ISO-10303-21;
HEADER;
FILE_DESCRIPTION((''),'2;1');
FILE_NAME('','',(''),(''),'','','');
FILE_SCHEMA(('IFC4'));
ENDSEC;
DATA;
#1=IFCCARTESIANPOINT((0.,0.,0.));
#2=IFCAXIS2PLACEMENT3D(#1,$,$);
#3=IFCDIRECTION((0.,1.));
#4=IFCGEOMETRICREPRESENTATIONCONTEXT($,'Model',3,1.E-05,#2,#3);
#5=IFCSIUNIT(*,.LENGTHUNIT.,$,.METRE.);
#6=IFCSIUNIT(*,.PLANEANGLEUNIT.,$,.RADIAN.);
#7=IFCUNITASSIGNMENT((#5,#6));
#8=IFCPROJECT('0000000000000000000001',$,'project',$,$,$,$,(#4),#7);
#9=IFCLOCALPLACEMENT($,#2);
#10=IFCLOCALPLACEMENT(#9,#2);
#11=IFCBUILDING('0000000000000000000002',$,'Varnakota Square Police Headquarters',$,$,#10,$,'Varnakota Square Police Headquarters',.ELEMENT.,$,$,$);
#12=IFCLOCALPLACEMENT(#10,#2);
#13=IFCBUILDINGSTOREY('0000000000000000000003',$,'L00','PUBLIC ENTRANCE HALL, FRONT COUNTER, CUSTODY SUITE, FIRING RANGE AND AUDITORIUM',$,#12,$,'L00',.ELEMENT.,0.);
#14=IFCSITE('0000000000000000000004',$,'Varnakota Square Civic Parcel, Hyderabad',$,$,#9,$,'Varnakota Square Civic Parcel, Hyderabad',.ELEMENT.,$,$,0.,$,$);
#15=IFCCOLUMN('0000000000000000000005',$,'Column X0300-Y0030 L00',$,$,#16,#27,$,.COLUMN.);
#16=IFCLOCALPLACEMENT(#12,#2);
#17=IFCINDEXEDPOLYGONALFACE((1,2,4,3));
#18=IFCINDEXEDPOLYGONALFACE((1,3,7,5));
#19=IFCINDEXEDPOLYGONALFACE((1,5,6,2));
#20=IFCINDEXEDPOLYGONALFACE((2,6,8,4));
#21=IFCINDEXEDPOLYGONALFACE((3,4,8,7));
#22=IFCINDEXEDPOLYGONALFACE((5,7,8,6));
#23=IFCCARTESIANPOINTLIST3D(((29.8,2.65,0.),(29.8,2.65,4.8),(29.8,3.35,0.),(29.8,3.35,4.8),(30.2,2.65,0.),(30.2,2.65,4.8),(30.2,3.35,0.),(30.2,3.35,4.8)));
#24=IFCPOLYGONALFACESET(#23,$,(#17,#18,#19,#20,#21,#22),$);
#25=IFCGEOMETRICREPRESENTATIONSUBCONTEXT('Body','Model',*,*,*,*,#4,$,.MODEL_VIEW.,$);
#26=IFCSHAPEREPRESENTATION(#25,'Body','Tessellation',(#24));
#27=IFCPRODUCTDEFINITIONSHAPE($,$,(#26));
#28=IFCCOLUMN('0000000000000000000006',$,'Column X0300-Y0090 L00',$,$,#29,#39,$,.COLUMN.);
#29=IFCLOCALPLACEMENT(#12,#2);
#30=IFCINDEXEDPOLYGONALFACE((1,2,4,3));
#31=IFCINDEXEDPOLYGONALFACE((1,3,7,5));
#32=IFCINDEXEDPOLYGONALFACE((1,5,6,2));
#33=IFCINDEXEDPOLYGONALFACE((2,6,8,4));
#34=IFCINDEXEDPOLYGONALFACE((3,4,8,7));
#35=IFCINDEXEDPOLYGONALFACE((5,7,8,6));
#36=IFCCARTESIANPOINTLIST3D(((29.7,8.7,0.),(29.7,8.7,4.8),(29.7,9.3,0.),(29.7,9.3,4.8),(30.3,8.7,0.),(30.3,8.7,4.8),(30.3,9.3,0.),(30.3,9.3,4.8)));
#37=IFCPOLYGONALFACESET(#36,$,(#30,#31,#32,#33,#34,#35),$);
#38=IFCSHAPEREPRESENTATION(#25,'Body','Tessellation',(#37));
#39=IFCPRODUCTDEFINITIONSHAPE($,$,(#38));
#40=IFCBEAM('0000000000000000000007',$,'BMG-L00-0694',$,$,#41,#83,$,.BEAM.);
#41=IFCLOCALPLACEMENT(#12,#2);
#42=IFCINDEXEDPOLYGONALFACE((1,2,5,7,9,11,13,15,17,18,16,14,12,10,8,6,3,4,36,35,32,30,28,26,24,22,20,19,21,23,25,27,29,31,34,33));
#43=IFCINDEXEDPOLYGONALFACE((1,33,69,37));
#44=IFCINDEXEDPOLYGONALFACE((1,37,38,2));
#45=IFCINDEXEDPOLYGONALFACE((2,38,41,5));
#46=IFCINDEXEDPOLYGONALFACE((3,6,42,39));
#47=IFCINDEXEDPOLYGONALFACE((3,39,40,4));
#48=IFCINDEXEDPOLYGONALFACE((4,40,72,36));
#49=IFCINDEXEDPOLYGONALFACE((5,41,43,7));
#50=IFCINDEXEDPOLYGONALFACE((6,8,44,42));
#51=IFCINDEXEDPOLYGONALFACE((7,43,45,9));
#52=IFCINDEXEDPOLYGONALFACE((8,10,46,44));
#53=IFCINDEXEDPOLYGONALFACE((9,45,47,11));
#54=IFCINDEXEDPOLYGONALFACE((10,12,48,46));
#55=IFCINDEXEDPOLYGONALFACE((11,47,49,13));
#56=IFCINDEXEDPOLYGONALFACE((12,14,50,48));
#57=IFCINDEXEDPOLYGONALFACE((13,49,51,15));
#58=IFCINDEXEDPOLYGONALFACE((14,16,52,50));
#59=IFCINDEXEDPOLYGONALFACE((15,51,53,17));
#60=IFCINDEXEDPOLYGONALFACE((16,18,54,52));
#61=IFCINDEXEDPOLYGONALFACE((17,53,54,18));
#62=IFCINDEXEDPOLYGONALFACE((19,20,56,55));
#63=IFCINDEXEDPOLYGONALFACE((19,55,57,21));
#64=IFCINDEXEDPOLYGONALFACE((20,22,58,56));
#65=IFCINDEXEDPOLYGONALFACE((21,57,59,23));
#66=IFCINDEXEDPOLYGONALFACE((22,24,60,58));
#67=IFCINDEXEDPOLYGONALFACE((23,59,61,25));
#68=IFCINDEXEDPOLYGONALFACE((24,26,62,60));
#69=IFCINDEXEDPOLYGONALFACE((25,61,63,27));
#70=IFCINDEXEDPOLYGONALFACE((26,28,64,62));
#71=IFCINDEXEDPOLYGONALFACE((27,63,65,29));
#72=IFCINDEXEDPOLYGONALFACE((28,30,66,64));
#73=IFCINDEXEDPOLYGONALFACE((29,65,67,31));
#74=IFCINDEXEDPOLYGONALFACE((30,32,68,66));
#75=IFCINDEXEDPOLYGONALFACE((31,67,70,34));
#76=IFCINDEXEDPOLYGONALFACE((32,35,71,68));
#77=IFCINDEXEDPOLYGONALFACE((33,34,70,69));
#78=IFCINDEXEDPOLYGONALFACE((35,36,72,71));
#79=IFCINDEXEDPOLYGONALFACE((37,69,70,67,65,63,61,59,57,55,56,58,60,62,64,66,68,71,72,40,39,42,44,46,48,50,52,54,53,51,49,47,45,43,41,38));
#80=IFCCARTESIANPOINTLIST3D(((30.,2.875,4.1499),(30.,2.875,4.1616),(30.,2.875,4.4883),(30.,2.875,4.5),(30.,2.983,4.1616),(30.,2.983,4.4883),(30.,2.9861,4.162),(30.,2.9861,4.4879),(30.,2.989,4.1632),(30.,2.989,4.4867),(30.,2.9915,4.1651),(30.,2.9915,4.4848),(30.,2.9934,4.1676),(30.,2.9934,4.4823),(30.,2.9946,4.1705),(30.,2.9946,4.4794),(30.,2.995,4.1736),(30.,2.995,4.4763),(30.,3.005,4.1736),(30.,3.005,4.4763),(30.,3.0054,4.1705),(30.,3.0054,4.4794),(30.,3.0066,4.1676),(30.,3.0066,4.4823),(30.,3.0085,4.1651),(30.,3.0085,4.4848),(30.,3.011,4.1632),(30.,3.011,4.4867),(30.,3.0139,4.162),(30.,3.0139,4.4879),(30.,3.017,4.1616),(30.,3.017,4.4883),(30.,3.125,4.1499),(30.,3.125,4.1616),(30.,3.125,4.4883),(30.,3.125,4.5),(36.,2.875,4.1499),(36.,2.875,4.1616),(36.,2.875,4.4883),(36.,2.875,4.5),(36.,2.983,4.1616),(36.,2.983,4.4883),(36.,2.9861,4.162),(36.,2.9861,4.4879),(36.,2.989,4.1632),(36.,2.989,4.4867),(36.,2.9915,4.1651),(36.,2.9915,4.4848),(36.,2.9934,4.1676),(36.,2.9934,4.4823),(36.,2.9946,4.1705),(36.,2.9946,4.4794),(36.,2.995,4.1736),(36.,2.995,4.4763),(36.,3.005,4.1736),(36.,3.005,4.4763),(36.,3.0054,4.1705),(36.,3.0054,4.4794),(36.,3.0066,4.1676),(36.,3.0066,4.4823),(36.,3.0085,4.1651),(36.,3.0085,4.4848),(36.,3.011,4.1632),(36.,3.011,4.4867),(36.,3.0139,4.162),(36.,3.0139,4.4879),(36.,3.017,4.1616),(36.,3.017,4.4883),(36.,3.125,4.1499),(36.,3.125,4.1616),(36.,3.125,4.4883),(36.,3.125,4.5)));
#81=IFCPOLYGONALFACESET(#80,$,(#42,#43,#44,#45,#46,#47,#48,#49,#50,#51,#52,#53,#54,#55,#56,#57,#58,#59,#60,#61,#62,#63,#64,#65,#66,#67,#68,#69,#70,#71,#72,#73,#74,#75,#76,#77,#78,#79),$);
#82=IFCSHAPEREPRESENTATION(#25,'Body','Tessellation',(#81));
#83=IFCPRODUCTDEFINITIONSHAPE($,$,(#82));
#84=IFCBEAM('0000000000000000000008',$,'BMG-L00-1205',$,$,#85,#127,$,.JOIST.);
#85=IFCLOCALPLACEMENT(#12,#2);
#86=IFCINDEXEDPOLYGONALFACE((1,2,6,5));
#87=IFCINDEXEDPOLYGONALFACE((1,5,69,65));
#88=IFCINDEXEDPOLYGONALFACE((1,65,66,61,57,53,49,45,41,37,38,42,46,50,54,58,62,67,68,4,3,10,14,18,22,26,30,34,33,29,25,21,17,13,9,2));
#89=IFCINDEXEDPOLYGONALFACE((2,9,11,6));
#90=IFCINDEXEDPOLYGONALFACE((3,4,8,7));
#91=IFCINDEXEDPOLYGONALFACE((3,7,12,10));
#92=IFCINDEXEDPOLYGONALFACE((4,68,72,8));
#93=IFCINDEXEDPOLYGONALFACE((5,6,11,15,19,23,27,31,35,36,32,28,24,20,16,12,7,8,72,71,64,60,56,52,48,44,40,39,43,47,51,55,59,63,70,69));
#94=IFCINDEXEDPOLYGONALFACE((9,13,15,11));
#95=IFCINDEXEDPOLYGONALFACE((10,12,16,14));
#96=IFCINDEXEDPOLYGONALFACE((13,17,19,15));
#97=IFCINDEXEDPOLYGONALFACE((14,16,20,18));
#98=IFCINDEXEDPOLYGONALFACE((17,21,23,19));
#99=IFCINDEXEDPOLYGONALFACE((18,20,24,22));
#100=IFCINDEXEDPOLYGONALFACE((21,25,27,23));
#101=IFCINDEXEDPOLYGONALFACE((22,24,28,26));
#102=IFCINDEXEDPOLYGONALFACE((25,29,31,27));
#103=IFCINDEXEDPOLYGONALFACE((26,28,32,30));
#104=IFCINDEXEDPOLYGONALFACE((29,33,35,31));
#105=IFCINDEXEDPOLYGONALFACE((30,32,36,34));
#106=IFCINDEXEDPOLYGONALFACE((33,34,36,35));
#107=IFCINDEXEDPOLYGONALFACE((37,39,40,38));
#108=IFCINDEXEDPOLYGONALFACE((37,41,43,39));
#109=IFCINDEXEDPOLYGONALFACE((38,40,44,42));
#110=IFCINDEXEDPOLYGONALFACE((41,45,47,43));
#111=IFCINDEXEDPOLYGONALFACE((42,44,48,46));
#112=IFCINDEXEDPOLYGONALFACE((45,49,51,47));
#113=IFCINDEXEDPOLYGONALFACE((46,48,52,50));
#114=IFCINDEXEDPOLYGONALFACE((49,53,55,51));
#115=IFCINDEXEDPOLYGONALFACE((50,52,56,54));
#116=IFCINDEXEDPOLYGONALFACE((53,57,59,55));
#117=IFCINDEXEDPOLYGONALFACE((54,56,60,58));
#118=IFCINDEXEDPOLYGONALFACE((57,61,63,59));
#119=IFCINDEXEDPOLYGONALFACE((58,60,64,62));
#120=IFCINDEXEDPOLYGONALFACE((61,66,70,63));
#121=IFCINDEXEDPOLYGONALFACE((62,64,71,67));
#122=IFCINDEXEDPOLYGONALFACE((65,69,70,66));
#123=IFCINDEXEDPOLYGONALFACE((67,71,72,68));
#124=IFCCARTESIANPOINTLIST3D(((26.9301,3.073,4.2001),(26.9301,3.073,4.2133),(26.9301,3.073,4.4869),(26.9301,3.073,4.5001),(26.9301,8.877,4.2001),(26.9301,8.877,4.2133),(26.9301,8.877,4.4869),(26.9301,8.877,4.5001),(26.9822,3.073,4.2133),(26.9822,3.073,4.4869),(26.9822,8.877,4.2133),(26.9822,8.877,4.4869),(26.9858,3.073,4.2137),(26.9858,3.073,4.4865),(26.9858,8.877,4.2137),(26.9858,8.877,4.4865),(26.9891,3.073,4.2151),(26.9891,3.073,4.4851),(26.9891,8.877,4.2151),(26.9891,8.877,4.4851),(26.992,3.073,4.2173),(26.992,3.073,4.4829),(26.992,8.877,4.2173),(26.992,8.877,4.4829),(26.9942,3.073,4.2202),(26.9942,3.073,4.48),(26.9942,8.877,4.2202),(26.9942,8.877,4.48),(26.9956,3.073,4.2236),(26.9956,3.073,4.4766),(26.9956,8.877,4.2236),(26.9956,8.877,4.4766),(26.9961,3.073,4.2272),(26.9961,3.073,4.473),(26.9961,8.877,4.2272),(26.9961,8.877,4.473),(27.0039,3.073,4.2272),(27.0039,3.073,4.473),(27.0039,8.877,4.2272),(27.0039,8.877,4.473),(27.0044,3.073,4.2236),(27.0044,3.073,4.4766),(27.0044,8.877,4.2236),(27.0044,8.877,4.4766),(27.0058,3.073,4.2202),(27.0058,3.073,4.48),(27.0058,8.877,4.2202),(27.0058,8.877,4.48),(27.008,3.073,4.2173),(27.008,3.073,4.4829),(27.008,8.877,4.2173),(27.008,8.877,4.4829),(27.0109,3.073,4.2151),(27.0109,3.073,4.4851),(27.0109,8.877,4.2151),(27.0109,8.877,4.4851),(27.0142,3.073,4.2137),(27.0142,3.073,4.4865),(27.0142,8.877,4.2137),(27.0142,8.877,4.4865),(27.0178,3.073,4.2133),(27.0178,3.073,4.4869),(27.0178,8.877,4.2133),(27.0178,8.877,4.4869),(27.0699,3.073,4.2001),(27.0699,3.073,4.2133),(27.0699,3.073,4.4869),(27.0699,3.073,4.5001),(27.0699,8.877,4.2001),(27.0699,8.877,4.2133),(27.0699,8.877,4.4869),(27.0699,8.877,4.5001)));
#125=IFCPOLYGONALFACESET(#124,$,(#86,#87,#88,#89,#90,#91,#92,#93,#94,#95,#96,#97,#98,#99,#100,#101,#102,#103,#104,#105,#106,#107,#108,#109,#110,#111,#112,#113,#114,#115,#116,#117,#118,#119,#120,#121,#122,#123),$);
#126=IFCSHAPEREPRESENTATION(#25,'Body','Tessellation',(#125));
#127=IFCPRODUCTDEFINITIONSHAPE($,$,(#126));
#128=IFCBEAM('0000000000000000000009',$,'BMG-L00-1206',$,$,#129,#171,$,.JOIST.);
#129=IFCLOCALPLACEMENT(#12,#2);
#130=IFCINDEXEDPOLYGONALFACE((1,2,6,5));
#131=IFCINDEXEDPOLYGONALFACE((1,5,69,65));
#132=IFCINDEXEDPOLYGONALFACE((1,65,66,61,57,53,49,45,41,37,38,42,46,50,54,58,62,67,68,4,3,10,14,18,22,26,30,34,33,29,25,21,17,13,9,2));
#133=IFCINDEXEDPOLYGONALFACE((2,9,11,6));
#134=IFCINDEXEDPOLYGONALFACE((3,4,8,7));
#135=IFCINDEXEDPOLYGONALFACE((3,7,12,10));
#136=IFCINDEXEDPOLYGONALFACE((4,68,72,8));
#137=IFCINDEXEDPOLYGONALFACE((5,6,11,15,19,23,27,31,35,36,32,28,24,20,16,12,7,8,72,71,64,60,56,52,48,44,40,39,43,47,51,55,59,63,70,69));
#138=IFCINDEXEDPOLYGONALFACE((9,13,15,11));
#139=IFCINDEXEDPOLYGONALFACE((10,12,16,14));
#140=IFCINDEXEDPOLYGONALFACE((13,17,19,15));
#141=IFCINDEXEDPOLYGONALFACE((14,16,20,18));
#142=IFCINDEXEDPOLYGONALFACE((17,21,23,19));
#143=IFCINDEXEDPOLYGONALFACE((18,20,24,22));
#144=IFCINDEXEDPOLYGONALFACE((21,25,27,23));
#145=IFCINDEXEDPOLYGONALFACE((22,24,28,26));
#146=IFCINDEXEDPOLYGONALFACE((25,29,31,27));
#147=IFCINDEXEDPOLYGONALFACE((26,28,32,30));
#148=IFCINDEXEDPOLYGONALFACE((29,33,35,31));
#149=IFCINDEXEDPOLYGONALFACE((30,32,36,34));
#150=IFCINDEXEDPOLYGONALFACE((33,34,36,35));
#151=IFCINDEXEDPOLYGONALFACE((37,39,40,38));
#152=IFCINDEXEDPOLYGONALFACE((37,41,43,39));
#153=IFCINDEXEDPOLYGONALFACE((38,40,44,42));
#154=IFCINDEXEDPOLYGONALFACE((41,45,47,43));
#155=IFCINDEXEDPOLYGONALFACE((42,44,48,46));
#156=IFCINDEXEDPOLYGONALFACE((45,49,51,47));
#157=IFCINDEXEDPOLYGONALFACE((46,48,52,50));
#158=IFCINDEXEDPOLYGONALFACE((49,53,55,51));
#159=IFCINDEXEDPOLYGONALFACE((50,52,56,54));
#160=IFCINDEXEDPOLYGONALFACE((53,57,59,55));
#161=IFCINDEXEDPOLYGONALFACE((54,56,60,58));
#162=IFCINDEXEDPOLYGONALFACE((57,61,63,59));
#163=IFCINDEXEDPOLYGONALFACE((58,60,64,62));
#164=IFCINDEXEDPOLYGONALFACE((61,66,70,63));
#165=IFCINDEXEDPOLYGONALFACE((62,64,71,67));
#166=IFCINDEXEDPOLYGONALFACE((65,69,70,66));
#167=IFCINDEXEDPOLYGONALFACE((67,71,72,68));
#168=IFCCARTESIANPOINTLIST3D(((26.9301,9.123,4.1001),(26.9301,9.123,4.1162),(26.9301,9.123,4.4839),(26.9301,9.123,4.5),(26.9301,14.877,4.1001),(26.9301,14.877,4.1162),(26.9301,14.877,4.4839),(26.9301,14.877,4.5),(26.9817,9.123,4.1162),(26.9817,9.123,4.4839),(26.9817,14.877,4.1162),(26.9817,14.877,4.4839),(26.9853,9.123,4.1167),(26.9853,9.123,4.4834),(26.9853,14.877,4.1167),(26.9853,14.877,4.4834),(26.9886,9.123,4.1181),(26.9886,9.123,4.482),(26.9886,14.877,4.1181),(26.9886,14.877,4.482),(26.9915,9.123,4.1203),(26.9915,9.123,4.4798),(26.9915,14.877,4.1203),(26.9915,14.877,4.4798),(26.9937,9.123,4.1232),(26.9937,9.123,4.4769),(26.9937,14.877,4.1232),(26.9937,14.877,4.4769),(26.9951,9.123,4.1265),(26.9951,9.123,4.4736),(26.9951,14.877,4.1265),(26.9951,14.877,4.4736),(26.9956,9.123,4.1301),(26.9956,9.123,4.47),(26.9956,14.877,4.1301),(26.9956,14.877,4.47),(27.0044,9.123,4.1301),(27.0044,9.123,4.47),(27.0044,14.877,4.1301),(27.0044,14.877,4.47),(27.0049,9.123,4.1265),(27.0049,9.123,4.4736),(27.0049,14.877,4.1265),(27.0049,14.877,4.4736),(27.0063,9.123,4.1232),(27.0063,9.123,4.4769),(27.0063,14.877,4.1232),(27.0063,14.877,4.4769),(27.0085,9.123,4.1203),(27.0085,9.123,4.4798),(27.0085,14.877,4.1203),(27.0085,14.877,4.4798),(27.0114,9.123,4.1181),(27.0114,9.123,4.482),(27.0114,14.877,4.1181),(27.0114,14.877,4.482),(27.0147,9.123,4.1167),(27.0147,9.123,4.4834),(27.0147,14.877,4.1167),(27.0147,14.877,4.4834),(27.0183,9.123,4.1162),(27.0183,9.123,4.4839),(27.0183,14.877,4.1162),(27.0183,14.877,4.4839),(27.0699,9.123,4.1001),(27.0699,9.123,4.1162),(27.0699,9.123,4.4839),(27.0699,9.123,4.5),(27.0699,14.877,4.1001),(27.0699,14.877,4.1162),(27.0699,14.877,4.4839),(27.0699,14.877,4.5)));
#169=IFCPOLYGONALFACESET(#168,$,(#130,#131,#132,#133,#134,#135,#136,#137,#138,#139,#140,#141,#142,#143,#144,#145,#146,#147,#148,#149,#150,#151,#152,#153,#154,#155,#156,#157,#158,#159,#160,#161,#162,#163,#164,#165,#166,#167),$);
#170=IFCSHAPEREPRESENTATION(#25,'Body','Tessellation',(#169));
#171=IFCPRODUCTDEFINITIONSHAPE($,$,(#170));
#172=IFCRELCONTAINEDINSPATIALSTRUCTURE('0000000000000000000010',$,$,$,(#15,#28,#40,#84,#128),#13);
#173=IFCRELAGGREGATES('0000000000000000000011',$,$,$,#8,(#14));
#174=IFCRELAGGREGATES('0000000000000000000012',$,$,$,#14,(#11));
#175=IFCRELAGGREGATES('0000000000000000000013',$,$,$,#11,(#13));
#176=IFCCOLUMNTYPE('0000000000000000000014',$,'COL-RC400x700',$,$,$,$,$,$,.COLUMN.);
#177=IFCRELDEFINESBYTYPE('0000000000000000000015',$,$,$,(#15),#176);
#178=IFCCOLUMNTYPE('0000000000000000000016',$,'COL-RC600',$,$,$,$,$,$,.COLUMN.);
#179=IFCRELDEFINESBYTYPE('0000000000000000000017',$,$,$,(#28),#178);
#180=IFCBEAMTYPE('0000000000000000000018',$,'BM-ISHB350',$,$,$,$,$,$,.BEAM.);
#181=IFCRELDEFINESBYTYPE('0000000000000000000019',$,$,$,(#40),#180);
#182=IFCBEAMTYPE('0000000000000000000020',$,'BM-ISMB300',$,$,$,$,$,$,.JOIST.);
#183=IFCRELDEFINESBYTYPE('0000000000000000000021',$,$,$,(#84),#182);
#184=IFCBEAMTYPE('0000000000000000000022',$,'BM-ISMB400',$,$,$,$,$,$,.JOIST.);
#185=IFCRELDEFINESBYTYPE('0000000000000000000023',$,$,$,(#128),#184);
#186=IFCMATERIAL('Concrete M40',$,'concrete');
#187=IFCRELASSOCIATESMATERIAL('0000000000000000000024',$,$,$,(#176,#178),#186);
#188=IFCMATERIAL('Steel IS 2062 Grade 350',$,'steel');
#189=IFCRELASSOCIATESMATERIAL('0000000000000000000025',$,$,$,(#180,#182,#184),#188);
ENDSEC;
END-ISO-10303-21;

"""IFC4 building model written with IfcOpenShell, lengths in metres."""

from ifc_helpers import new_model, si_unit, direction, frame, origin, origin_2d, place, context, subcontext, project, spatial, rectangle, i_section, extrude, material, material_profile, profile_set, type_object, element, save


model = new_model("IFC4")

# Units and contexts
model_context = context("Model", 3, precision=1e-05, world=origin(), true_north=direction((0.0, 1.0)))
body_context = subcontext(model_context, "Body", "Model", "MODEL_VIEW")
ifc_project = project(units=[si_unit("LENGTHUNIT", "METRE"), si_unit("PLANEANGLEUNIT", "RADIAN")], contexts=[model_context])

# Site, building, storey
site_placement = place(None, origin())
site = spatial("IfcSite", under=ifc_project, at=site_placement, Name="Varnakota Square Civic Parcel, Hyderabad", LongName="Varnakota Square Civic Parcel, Hyderabad", CompositionType="ELEMENT", RefElevation=0.0)
building_placement = place(site_placement, origin())
building = spatial("IfcBuilding", under=site, at=building_placement, Name="Varnakota Square Police Headquarters", LongName="Varnakota Square Police Headquarters", CompositionType="ELEMENT")
storey_placement = place(building_placement, origin())
storey = spatial("IfcBuildingStorey", under=building, at=storey_placement, Name="L00", Description="PUBLIC ENTRANCE HALL, FRONT COUNTER, CUSTODY SUITE, FIRING RANGE AND AUDITORIUM", LongName="L00", CompositionType="ELEMENT", Elevation=0.0)

# Columns
ifc_material_1 = material(Name="Concrete M40", Category="concrete")
ifc_material_profile_1 = material_profile(ifc_material_1, rectangle(XDim=0.3999, YDim=0.7, at=origin_2d()), Name="RC 400x700")
ifc_profile_set_1 = profile_set([ifc_material_profile_1], Name="Concrete M40")
column_type_1 = type_object("IfcColumnType", Name="COL-RC400x700", PredefinedType="COLUMN", material=ifc_profile_set_1)
column_1_placement = place(storey_placement, frame((30.0, 3.0, 0.0), z_axis=(0.0, 0.0, 1.0), x_axis=(1.0, 0.0, 0.0)))
element("IfcColumn", 1, at=column_1_placement, inside=storey, type_object=column_type_1, Name="Column X0300-Y0030 L00", PredefinedType="COLUMN", context=body_context, shape_type="SweptSolid", body=[
    extrude(rectangle(XDim=0.3999, YDim=0.7, at=origin_2d()), origin(), (0.0, 0.0, 1.0), 4.8),
])
ifc_material_profile_2 = material_profile(ifc_material_1, rectangle(XDim=0.6001, YDim=0.6001, at=origin_2d()), Name="RC 600x600")
ifc_profile_set_2 = profile_set([ifc_material_profile_2], Name="Concrete M40")
column_type_2 = type_object("IfcColumnType", Name="COL-RC600", PredefinedType="COLUMN", material=ifc_profile_set_2)
column_2_placement = place(storey_placement, frame((30.0, 9.0, 0.0), z_axis=(0.0, 0.0, 1.0), x_axis=(1.0, 0.0, 0.0)))
element("IfcColumn", 2, at=column_2_placement, inside=storey, type_object=column_type_2, Name="Column X0300-Y0090 L00", PredefinedType="COLUMN", context=body_context, shape_type="SweptSolid", body=[
    extrude(rectangle(XDim=0.6001, YDim=0.6001, at=origin_2d()), origin(), (0.0, 0.0, 1.0), 4.8),
])

# Beams
ifc_material_2 = material(Name="Steel IS 2062 Grade 350", Category="steel")
ifc_material_profile_3 = material_profile(ifc_material_2, i_section(OverallWidth=0.25, OverallDepth=0.3501, WebThickness=0.01, FlangeThickness=0.0117, FilletRadius=0.012, at=origin_2d()), Name="ISHB 350")
ifc_profile_set_3 = profile_set([ifc_material_profile_3], Name="Steel IS 2062 Grade 350")
beam_type_1 = type_object("IfcBeamType", Name="BM-ISHB350", PredefinedType="BEAM", material=ifc_profile_set_3)
beam_1_placement = place(storey_placement, frame((30.0, 3.0, 4.325), z_axis=(1.0, 0.0, 0.0), x_axis=(0.0, 1.0, 0.0)))
element("IfcBeam", 3, at=beam_1_placement, inside=storey, type_object=beam_type_1, Name="BMG-L00-0694", PredefinedType="BEAM", context=body_context, shape_type="SweptSolid", body=[
    extrude(i_section(OverallWidth=0.25, OverallDepth=0.3501, WebThickness=0.01, FlangeThickness=0.0117, FilletRadius=0.012, at=origin_2d()), origin(), (0.0, 0.0, 1.0), 6.0),
])
ifc_material_profile_4 = material_profile(ifc_material_2, i_section(OverallWidth=0.1399, OverallDepth=0.3, WebThickness=0.0078, FlangeThickness=0.0132, FilletRadius=0.0139, at=origin_2d()), Name="ISMB 300")
ifc_profile_set_4 = profile_set([ifc_material_profile_4], Name="Steel IS 2062 Grade 350")
beam_type_2 = type_object("IfcBeamType", Name="BM-ISMB300", PredefinedType="JOIST", material=ifc_profile_set_4)
beam_2_placement = place(storey_placement, frame((27.0, 3.073, 4.3501), z_axis=(0.0, 1.0, 0.0), x_axis=(-1.0, 0.0, 0.0)))
element("IfcBeam", 4, at=beam_2_placement, inside=storey, type_object=beam_type_2, Name="BMG-L00-1205", PredefinedType="JOIST", context=body_context, shape_type="SweptSolid", body=[
    extrude(i_section(OverallWidth=0.1399, OverallDepth=0.3, WebThickness=0.0078, FlangeThickness=0.0132, FilletRadius=0.0139, at=origin_2d()), origin(), (0.0, 0.0, 1.0), 5.804),
])
ifc_material_profile_5 = material_profile(ifc_material_2, i_section(OverallWidth=0.1399, OverallDepth=0.3999, WebThickness=0.0088, FlangeThickness=0.0161, FilletRadius=0.0139, at=origin_2d()), Name="ISMB 400")
ifc_profile_set_5 = profile_set([ifc_material_profile_5], Name="Steel IS 2062 Grade 350")
beam_type_3 = type_object("IfcBeamType", Name="BM-ISMB400", PredefinedType="JOIST", material=ifc_profile_set_5)
for number, where, z_axis, x_axis, name in (
    (5, (27.0, 9.123, 4.3), (0.0, 1.0, 0.0), (-1.0, 0.0, 0.0), "BMG-L00-1206"),
):
    element("IfcBeam", number, at=place(storey_placement, frame(where, z_axis=z_axis, x_axis=x_axis)), inside=storey, type_object=beam_type_3, Name=name, PredefinedType="JOIST", context=body_context, shape_type="SweptSolid", body=[
        extrude(i_section(OverallWidth=0.1399, OverallDepth=0.3999, WebThickness=0.0088, FlangeThickness=0.0161, FilletRadius=0.0139, at=origin_2d()), origin(), (0.0, 0.0, 1.0), 5.7539),
    ])

save(model, "model.ifc")
